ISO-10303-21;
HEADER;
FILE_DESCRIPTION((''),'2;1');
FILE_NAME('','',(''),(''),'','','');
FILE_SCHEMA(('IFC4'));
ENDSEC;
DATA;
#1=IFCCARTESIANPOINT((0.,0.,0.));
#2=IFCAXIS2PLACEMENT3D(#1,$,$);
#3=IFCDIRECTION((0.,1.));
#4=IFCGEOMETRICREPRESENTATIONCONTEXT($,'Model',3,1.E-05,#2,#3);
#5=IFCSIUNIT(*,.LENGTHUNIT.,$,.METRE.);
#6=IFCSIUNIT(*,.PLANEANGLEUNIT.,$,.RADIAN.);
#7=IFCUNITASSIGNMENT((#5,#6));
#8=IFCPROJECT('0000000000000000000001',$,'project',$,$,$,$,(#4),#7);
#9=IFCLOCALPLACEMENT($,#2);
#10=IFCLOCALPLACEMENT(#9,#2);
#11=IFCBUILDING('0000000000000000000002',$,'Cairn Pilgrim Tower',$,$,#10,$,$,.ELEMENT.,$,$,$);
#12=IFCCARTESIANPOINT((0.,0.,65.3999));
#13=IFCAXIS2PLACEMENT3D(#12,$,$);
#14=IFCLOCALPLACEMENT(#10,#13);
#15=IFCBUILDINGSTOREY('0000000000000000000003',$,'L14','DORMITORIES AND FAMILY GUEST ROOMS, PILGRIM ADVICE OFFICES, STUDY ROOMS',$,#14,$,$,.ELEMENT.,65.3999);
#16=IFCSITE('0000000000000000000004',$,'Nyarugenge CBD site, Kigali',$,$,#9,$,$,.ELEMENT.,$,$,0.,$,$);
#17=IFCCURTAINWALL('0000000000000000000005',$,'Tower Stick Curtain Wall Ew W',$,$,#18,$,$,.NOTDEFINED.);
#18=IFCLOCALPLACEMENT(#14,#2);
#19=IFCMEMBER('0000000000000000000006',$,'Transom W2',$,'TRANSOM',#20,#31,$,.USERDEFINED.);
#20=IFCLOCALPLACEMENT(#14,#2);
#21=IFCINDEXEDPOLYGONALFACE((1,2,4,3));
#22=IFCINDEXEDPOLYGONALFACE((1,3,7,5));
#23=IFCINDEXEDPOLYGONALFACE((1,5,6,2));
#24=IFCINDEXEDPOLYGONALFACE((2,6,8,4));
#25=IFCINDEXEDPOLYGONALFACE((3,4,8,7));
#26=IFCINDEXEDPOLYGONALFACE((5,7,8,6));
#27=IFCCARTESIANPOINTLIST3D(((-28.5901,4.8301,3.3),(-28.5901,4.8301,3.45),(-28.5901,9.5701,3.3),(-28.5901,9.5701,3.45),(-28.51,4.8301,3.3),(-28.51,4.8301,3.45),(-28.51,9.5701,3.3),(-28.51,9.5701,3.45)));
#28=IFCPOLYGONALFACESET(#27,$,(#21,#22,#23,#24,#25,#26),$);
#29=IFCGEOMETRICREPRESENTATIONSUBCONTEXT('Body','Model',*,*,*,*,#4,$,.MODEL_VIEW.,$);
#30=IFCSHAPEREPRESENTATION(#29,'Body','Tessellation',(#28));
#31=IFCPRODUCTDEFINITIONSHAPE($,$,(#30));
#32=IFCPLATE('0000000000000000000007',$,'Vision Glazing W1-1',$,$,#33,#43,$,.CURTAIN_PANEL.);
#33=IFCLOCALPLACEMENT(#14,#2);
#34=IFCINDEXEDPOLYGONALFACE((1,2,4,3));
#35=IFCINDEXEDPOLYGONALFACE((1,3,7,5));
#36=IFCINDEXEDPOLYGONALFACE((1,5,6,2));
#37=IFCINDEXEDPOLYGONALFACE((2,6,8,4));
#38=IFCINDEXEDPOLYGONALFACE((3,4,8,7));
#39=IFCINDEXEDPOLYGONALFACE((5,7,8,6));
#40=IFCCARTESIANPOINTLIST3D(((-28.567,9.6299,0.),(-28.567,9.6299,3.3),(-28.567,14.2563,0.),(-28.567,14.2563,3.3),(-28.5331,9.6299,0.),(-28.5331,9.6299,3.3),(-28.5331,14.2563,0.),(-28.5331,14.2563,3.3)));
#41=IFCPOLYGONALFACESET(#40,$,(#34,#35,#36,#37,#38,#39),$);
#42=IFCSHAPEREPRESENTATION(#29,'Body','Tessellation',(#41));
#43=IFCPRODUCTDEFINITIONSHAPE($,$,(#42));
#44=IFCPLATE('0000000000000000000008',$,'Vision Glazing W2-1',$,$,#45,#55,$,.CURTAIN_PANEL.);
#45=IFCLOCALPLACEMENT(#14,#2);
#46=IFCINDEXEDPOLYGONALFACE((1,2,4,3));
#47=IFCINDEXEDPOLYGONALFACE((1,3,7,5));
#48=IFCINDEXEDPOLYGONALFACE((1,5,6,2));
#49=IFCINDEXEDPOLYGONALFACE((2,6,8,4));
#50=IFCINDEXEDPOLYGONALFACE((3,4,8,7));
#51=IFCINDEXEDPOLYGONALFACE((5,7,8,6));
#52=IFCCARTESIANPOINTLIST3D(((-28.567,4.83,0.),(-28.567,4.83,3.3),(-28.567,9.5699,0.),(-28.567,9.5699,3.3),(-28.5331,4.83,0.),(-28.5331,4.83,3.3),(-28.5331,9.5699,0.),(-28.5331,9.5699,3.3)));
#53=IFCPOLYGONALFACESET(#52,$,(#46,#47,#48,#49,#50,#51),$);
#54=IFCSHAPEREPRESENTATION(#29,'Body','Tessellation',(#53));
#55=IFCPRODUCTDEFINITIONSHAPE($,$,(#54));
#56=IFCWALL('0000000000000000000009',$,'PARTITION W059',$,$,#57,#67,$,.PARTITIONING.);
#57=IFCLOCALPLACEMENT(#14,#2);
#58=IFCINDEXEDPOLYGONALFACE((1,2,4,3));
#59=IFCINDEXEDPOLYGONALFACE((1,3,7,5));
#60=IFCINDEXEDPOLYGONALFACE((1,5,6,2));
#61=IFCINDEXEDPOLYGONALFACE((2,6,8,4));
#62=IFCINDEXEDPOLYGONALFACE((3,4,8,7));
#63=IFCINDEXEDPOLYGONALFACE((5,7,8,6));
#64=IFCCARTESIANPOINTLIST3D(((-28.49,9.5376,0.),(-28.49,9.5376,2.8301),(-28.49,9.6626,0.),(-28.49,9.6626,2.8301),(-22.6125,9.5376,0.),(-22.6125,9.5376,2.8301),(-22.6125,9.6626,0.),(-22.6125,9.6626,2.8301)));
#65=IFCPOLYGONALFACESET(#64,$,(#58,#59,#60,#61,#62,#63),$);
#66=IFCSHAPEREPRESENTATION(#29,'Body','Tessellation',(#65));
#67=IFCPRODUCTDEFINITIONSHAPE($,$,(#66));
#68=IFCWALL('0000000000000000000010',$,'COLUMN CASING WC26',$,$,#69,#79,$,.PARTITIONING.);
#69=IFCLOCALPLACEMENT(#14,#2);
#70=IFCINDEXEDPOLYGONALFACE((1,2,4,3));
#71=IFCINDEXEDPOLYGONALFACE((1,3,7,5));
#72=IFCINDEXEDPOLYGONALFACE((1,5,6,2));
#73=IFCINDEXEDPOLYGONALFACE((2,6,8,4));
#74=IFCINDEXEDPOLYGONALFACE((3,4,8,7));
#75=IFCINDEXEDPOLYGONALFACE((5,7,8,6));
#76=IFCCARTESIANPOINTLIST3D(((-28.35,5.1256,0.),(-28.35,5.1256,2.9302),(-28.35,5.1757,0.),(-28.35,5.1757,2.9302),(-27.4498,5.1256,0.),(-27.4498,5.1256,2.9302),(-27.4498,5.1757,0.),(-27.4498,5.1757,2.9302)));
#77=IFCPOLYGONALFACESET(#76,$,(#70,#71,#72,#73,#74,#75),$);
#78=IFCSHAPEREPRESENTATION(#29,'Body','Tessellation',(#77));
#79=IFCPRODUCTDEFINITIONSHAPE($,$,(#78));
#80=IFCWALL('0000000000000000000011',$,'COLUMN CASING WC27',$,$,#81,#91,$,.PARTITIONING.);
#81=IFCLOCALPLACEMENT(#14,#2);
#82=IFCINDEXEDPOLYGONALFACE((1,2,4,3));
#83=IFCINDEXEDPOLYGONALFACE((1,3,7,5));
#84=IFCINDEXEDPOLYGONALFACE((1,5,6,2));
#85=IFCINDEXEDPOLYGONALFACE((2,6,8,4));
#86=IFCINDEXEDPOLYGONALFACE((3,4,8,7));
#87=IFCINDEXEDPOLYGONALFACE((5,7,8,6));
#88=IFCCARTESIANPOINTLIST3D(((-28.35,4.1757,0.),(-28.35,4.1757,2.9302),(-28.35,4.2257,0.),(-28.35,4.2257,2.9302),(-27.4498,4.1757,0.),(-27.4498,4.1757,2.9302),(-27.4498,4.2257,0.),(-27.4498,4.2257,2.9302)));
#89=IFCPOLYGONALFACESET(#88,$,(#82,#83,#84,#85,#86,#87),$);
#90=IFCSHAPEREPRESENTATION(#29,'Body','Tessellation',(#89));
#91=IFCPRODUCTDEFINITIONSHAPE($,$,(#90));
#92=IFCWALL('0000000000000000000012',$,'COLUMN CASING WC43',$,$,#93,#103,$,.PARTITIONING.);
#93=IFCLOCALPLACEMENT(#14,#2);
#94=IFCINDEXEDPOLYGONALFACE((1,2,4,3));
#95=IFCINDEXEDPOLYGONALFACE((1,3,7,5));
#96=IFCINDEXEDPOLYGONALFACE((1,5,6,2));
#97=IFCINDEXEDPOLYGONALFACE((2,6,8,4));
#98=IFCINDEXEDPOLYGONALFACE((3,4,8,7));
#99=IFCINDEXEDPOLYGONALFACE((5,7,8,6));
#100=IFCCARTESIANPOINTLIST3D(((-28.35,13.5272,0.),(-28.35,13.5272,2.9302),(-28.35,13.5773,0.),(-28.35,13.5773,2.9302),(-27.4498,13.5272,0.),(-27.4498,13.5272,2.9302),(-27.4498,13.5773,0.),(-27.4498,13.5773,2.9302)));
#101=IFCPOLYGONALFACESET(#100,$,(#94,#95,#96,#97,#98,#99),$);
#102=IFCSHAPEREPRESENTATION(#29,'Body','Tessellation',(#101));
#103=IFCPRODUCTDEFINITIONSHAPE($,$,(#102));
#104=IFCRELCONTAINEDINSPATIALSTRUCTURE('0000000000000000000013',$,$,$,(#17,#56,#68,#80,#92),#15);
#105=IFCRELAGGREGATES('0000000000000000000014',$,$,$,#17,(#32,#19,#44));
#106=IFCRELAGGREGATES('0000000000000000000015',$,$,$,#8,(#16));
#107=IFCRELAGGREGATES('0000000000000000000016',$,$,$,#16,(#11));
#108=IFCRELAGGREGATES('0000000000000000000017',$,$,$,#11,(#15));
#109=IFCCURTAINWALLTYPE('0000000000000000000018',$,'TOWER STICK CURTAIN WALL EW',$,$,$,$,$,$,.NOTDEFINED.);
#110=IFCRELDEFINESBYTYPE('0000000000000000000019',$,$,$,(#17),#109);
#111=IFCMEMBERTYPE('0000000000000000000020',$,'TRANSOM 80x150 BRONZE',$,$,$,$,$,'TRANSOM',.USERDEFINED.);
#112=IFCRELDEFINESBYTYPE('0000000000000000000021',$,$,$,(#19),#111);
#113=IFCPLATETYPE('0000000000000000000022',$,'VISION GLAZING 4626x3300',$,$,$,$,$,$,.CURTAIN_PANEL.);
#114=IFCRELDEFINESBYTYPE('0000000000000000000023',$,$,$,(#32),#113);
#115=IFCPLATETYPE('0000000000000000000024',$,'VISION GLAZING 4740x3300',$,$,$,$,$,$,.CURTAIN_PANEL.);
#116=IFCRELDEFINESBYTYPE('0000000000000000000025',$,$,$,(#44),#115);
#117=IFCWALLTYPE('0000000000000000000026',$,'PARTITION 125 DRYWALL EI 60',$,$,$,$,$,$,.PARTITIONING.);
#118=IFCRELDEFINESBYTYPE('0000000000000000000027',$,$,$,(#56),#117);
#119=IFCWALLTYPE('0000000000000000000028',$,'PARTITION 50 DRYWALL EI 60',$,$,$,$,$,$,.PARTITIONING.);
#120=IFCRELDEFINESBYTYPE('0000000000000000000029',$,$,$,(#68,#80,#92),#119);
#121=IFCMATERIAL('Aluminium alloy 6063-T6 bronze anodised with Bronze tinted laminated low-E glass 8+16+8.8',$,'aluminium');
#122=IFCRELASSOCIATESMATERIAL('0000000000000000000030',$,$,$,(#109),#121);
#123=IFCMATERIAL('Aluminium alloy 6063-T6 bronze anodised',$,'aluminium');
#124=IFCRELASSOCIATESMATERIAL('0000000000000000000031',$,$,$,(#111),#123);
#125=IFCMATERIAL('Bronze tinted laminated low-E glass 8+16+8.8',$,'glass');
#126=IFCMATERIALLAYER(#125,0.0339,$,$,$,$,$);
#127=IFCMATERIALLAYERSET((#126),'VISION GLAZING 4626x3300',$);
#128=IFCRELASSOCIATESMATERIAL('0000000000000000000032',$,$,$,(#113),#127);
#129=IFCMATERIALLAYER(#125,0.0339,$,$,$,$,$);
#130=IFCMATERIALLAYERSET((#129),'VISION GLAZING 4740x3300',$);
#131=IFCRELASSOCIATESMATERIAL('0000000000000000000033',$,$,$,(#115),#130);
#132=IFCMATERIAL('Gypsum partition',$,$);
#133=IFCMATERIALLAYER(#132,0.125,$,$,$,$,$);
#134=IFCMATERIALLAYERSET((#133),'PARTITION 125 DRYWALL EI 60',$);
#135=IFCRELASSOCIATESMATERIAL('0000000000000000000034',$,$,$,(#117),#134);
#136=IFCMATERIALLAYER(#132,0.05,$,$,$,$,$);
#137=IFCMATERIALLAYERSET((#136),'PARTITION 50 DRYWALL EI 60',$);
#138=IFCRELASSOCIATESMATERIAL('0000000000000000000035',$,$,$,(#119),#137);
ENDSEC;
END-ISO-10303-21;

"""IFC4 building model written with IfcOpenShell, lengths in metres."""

from ifc_helpers import new_model, si_unit, direction, frame, frame_2d, origin, origin_2d, place, context, subcontext, project, spatial, rectangle, extrude, material, layer, layer_set, material_profile, profile_set, type_object, element, aggregate, save


model = new_model("IFC4")

# Units and contexts
model_context = context("Model", 3, precision=1e-05, world=origin(), true_north=direction((0.0, 1.0)))
body_context = subcontext(model_context, "Body", "Model", "MODEL_VIEW")
ifc_project = project(units=[si_unit("LENGTHUNIT", "METRE"), si_unit("PLANEANGLEUNIT", "RADIAN")], contexts=[model_context])

# Site, building, storey
site_placement = place(None, origin())
site = spatial("IfcSite", under=ifc_project, at=site_placement, Name="Nyarugenge CBD site, Kigali", CompositionType="ELEMENT", RefElevation=0.0)
building_placement = place(site_placement, origin())
building = spatial("IfcBuilding", under=site, at=building_placement, Name="Cairn Pilgrim Tower", CompositionType="ELEMENT")
storey_placement = place(building_placement, frame((0.0, 0.0, 65.3999)))
storey = spatial("IfcBuildingStorey", under=building, at=storey_placement, Name="L14", Description="DORMITORIES AND FAMILY GUEST ROOMS, PILGRIM ADVICE OFFICES, STUDY ROOMS", CompositionType="ELEMENT", Elevation=65.3999)

# Curtain wall
ifc_material_1 = material(Name="Aluminium alloy 6063-T6 bronze anodised with Bronze tinted laminated low-E glass 8+16+8.8", Category="aluminium")
curtain_wall_type = type_object("IfcCurtainWallType", Name="TOWER STICK CURTAIN WALL EW", PredefinedType="NOTDEFINED", material=ifc_material_1)
curtain_wall_placement = place(storey_placement, origin())
curtain_wall = element("IfcCurtainWall", 1, at=curtain_wall_placement, inside=storey, type_object=curtain_wall_type, Name="Tower Stick Curtain Wall Ew W", PredefinedType="NOTDEFINED")
ifc_material_2 = material(Name="Aluminium alloy 6063-T6 bronze anodised", Category="aluminium")

# Member
ifc_material_profile_1 = material_profile(ifc_material_2, rectangle(XDim=0.0801, YDim=0.1499, at=origin_2d()), Name="TRANSOM 80x150 BRONZE")
ifc_profile_set_1 = profile_set([ifc_material_profile_1], Name="Aluminium alloy 6063-T6 bronze anodised")
member_type_1 = type_object("IfcMemberType", Name="TRANSOM 80x150 BRONZE", ElementType="TRANSOM", PredefinedType="USERDEFINED", material=ifc_profile_set_1)
member_1_placement = place(storey_placement, frame((-28.55, 9.5701, 3.375), z_axis=(0.0, -1.0, 0.0), x_axis=(1.0, 0.0, 0.0)))
member_1 = element("IfcMember", 2, at=member_1_placement, type_object=member_type_1, Name="Transom W2", ObjectType="TRANSOM", PredefinedType="USERDEFINED", context=body_context, shape_type="SweptSolid", body=[
    extrude(rectangle(XDim=0.0801, YDim=0.1499, at=origin_2d()), origin(), (0.0, 0.0, 1.0), 4.74),
])

# Plates
ifc_material_3 = material(Name="Bronze tinted laminated low-E glass 8+16+8.8", Category="glass")
ifc_layer_1 = layer(ifc_material_3, 0.0339)
ifc_layer_set_1 = layer_set([ifc_layer_1], Name="VISION GLAZING 4626x3300")
plate_type_1 = type_object("IfcPlateType", Name="VISION GLAZING 4626x3300", PredefinedType="CURTAIN_PANEL", material=ifc_layer_set_1)
plate_1_placement = place(storey_placement, frame((-28.55, 11.9431, 0.0), z_axis=(0.0, 0.0, 1.0), x_axis=(0.0, -1.0, 0.0)))
plate_1 = element("IfcPlate", 3, at=plate_1_placement, type_object=plate_type_1, Name="Vision Glazing W1-1", PredefinedType="CURTAIN_PANEL", context=body_context, shape_type="SweptSolid", body=[
    extrude(rectangle(XDim=4.6265, YDim=0.0339, at=origin_2d()), origin(), (0.0, 0.0, 1.0), 3.3),
])
ifc_layer_2 = layer(ifc_material_3, 0.0339)
ifc_layer_set_2 = layer_set([ifc_layer_2], Name="VISION GLAZING 4740x3300")
plate_type_2 = type_object("IfcPlateType", Name="VISION GLAZING 4740x3300", PredefinedType="CURTAIN_PANEL", material=ifc_layer_set_2)
plate_2_placement = place(storey_placement, frame((-28.55, 7.2, 0.0), z_axis=(0.0, 0.0, 1.0), x_axis=(0.0, -1.0, 0.0)))
plate_2 = element("IfcPlate", 4, at=plate_2_placement, type_object=plate_type_2, Name="Vision Glazing W2-1", PredefinedType="CURTAIN_PANEL", context=body_context, shape_type="SweptSolid", body=[
    extrude(rectangle(XDim=4.74, YDim=0.0339, at=origin_2d()), origin(), (0.0, 0.0, 1.0), 3.3),
])
aggregate(curtain_wall, [plate_1, member_1, plate_2])

# Walls
ifc_material_4 = material(Name="Gypsum partition")
ifc_layer_3 = layer(ifc_material_4, 0.125)
ifc_layer_set_3 = layer_set([ifc_layer_3], Name="PARTITION 125 DRYWALL EI 60")
wall_type_1 = type_object("IfcWallType", Name="PARTITION 125 DRYWALL EI 60", PredefinedType="PARTITIONING", material=ifc_layer_set_3)
wall_1_placement = place(storey_placement, frame((-28.49, 9.6001, 0.0), z_axis=(0.0, 0.0, 1.0), x_axis=(1.0, 0.0, 0.0)))
element("IfcWall", 5, at=wall_1_placement, inside=storey, type_object=wall_type_1, Name="PARTITION W059", PredefinedType="PARTITIONING", context=body_context, shape_type="SweptSolid", body=[
    extrude(rectangle(XDim=5.8774, YDim=0.125, at=frame_2d((2.9387, 0.0))), origin(), (0.0, 0.0, 1.0), 2.8301),
])
ifc_layer_4 = layer(ifc_material_4, 0.05)
ifc_layer_set_4 = layer_set([ifc_layer_4], Name="PARTITION 50 DRYWALL EI 60")
wall_type_2 = type_object("IfcWallType", Name="PARTITION 50 DRYWALL EI 60", PredefinedType="PARTITIONING", material=ifc_layer_set_4)
for number, where, z_axis, x_axis, name in (
    (6, (-28.3501, 5.1506, 0.0), (0.0, 0.0, 1.0), (1.0, 0.0, 0.0), "COLUMN CASING WC26"),
    (7, (-28.3501, 4.2007, 0.0), (0.0, 0.0, 1.0), (1.0, 0.0, 0.0), "COLUMN CASING WC27"),
    (8, (-28.3501, 13.5522, 0.0), (0.0, 0.0, 1.0), (1.0, 0.0, 0.0), "COLUMN CASING WC43"),
):
    element("IfcWall", number, at=place(storey_placement, frame(where, z_axis=z_axis, x_axis=x_axis)), inside=storey, type_object=wall_type_2, Name=name, PredefinedType="PARTITIONING", context=body_context, shape_type="SweptSolid", body=[
        extrude(rectangle(XDim=0.9001, YDim=0.05, at=frame_2d((0.4502, 0.0))), origin(), (0.0, 0.0, 1.0), 2.9302),
    ])

save(model, "model.ifc")
